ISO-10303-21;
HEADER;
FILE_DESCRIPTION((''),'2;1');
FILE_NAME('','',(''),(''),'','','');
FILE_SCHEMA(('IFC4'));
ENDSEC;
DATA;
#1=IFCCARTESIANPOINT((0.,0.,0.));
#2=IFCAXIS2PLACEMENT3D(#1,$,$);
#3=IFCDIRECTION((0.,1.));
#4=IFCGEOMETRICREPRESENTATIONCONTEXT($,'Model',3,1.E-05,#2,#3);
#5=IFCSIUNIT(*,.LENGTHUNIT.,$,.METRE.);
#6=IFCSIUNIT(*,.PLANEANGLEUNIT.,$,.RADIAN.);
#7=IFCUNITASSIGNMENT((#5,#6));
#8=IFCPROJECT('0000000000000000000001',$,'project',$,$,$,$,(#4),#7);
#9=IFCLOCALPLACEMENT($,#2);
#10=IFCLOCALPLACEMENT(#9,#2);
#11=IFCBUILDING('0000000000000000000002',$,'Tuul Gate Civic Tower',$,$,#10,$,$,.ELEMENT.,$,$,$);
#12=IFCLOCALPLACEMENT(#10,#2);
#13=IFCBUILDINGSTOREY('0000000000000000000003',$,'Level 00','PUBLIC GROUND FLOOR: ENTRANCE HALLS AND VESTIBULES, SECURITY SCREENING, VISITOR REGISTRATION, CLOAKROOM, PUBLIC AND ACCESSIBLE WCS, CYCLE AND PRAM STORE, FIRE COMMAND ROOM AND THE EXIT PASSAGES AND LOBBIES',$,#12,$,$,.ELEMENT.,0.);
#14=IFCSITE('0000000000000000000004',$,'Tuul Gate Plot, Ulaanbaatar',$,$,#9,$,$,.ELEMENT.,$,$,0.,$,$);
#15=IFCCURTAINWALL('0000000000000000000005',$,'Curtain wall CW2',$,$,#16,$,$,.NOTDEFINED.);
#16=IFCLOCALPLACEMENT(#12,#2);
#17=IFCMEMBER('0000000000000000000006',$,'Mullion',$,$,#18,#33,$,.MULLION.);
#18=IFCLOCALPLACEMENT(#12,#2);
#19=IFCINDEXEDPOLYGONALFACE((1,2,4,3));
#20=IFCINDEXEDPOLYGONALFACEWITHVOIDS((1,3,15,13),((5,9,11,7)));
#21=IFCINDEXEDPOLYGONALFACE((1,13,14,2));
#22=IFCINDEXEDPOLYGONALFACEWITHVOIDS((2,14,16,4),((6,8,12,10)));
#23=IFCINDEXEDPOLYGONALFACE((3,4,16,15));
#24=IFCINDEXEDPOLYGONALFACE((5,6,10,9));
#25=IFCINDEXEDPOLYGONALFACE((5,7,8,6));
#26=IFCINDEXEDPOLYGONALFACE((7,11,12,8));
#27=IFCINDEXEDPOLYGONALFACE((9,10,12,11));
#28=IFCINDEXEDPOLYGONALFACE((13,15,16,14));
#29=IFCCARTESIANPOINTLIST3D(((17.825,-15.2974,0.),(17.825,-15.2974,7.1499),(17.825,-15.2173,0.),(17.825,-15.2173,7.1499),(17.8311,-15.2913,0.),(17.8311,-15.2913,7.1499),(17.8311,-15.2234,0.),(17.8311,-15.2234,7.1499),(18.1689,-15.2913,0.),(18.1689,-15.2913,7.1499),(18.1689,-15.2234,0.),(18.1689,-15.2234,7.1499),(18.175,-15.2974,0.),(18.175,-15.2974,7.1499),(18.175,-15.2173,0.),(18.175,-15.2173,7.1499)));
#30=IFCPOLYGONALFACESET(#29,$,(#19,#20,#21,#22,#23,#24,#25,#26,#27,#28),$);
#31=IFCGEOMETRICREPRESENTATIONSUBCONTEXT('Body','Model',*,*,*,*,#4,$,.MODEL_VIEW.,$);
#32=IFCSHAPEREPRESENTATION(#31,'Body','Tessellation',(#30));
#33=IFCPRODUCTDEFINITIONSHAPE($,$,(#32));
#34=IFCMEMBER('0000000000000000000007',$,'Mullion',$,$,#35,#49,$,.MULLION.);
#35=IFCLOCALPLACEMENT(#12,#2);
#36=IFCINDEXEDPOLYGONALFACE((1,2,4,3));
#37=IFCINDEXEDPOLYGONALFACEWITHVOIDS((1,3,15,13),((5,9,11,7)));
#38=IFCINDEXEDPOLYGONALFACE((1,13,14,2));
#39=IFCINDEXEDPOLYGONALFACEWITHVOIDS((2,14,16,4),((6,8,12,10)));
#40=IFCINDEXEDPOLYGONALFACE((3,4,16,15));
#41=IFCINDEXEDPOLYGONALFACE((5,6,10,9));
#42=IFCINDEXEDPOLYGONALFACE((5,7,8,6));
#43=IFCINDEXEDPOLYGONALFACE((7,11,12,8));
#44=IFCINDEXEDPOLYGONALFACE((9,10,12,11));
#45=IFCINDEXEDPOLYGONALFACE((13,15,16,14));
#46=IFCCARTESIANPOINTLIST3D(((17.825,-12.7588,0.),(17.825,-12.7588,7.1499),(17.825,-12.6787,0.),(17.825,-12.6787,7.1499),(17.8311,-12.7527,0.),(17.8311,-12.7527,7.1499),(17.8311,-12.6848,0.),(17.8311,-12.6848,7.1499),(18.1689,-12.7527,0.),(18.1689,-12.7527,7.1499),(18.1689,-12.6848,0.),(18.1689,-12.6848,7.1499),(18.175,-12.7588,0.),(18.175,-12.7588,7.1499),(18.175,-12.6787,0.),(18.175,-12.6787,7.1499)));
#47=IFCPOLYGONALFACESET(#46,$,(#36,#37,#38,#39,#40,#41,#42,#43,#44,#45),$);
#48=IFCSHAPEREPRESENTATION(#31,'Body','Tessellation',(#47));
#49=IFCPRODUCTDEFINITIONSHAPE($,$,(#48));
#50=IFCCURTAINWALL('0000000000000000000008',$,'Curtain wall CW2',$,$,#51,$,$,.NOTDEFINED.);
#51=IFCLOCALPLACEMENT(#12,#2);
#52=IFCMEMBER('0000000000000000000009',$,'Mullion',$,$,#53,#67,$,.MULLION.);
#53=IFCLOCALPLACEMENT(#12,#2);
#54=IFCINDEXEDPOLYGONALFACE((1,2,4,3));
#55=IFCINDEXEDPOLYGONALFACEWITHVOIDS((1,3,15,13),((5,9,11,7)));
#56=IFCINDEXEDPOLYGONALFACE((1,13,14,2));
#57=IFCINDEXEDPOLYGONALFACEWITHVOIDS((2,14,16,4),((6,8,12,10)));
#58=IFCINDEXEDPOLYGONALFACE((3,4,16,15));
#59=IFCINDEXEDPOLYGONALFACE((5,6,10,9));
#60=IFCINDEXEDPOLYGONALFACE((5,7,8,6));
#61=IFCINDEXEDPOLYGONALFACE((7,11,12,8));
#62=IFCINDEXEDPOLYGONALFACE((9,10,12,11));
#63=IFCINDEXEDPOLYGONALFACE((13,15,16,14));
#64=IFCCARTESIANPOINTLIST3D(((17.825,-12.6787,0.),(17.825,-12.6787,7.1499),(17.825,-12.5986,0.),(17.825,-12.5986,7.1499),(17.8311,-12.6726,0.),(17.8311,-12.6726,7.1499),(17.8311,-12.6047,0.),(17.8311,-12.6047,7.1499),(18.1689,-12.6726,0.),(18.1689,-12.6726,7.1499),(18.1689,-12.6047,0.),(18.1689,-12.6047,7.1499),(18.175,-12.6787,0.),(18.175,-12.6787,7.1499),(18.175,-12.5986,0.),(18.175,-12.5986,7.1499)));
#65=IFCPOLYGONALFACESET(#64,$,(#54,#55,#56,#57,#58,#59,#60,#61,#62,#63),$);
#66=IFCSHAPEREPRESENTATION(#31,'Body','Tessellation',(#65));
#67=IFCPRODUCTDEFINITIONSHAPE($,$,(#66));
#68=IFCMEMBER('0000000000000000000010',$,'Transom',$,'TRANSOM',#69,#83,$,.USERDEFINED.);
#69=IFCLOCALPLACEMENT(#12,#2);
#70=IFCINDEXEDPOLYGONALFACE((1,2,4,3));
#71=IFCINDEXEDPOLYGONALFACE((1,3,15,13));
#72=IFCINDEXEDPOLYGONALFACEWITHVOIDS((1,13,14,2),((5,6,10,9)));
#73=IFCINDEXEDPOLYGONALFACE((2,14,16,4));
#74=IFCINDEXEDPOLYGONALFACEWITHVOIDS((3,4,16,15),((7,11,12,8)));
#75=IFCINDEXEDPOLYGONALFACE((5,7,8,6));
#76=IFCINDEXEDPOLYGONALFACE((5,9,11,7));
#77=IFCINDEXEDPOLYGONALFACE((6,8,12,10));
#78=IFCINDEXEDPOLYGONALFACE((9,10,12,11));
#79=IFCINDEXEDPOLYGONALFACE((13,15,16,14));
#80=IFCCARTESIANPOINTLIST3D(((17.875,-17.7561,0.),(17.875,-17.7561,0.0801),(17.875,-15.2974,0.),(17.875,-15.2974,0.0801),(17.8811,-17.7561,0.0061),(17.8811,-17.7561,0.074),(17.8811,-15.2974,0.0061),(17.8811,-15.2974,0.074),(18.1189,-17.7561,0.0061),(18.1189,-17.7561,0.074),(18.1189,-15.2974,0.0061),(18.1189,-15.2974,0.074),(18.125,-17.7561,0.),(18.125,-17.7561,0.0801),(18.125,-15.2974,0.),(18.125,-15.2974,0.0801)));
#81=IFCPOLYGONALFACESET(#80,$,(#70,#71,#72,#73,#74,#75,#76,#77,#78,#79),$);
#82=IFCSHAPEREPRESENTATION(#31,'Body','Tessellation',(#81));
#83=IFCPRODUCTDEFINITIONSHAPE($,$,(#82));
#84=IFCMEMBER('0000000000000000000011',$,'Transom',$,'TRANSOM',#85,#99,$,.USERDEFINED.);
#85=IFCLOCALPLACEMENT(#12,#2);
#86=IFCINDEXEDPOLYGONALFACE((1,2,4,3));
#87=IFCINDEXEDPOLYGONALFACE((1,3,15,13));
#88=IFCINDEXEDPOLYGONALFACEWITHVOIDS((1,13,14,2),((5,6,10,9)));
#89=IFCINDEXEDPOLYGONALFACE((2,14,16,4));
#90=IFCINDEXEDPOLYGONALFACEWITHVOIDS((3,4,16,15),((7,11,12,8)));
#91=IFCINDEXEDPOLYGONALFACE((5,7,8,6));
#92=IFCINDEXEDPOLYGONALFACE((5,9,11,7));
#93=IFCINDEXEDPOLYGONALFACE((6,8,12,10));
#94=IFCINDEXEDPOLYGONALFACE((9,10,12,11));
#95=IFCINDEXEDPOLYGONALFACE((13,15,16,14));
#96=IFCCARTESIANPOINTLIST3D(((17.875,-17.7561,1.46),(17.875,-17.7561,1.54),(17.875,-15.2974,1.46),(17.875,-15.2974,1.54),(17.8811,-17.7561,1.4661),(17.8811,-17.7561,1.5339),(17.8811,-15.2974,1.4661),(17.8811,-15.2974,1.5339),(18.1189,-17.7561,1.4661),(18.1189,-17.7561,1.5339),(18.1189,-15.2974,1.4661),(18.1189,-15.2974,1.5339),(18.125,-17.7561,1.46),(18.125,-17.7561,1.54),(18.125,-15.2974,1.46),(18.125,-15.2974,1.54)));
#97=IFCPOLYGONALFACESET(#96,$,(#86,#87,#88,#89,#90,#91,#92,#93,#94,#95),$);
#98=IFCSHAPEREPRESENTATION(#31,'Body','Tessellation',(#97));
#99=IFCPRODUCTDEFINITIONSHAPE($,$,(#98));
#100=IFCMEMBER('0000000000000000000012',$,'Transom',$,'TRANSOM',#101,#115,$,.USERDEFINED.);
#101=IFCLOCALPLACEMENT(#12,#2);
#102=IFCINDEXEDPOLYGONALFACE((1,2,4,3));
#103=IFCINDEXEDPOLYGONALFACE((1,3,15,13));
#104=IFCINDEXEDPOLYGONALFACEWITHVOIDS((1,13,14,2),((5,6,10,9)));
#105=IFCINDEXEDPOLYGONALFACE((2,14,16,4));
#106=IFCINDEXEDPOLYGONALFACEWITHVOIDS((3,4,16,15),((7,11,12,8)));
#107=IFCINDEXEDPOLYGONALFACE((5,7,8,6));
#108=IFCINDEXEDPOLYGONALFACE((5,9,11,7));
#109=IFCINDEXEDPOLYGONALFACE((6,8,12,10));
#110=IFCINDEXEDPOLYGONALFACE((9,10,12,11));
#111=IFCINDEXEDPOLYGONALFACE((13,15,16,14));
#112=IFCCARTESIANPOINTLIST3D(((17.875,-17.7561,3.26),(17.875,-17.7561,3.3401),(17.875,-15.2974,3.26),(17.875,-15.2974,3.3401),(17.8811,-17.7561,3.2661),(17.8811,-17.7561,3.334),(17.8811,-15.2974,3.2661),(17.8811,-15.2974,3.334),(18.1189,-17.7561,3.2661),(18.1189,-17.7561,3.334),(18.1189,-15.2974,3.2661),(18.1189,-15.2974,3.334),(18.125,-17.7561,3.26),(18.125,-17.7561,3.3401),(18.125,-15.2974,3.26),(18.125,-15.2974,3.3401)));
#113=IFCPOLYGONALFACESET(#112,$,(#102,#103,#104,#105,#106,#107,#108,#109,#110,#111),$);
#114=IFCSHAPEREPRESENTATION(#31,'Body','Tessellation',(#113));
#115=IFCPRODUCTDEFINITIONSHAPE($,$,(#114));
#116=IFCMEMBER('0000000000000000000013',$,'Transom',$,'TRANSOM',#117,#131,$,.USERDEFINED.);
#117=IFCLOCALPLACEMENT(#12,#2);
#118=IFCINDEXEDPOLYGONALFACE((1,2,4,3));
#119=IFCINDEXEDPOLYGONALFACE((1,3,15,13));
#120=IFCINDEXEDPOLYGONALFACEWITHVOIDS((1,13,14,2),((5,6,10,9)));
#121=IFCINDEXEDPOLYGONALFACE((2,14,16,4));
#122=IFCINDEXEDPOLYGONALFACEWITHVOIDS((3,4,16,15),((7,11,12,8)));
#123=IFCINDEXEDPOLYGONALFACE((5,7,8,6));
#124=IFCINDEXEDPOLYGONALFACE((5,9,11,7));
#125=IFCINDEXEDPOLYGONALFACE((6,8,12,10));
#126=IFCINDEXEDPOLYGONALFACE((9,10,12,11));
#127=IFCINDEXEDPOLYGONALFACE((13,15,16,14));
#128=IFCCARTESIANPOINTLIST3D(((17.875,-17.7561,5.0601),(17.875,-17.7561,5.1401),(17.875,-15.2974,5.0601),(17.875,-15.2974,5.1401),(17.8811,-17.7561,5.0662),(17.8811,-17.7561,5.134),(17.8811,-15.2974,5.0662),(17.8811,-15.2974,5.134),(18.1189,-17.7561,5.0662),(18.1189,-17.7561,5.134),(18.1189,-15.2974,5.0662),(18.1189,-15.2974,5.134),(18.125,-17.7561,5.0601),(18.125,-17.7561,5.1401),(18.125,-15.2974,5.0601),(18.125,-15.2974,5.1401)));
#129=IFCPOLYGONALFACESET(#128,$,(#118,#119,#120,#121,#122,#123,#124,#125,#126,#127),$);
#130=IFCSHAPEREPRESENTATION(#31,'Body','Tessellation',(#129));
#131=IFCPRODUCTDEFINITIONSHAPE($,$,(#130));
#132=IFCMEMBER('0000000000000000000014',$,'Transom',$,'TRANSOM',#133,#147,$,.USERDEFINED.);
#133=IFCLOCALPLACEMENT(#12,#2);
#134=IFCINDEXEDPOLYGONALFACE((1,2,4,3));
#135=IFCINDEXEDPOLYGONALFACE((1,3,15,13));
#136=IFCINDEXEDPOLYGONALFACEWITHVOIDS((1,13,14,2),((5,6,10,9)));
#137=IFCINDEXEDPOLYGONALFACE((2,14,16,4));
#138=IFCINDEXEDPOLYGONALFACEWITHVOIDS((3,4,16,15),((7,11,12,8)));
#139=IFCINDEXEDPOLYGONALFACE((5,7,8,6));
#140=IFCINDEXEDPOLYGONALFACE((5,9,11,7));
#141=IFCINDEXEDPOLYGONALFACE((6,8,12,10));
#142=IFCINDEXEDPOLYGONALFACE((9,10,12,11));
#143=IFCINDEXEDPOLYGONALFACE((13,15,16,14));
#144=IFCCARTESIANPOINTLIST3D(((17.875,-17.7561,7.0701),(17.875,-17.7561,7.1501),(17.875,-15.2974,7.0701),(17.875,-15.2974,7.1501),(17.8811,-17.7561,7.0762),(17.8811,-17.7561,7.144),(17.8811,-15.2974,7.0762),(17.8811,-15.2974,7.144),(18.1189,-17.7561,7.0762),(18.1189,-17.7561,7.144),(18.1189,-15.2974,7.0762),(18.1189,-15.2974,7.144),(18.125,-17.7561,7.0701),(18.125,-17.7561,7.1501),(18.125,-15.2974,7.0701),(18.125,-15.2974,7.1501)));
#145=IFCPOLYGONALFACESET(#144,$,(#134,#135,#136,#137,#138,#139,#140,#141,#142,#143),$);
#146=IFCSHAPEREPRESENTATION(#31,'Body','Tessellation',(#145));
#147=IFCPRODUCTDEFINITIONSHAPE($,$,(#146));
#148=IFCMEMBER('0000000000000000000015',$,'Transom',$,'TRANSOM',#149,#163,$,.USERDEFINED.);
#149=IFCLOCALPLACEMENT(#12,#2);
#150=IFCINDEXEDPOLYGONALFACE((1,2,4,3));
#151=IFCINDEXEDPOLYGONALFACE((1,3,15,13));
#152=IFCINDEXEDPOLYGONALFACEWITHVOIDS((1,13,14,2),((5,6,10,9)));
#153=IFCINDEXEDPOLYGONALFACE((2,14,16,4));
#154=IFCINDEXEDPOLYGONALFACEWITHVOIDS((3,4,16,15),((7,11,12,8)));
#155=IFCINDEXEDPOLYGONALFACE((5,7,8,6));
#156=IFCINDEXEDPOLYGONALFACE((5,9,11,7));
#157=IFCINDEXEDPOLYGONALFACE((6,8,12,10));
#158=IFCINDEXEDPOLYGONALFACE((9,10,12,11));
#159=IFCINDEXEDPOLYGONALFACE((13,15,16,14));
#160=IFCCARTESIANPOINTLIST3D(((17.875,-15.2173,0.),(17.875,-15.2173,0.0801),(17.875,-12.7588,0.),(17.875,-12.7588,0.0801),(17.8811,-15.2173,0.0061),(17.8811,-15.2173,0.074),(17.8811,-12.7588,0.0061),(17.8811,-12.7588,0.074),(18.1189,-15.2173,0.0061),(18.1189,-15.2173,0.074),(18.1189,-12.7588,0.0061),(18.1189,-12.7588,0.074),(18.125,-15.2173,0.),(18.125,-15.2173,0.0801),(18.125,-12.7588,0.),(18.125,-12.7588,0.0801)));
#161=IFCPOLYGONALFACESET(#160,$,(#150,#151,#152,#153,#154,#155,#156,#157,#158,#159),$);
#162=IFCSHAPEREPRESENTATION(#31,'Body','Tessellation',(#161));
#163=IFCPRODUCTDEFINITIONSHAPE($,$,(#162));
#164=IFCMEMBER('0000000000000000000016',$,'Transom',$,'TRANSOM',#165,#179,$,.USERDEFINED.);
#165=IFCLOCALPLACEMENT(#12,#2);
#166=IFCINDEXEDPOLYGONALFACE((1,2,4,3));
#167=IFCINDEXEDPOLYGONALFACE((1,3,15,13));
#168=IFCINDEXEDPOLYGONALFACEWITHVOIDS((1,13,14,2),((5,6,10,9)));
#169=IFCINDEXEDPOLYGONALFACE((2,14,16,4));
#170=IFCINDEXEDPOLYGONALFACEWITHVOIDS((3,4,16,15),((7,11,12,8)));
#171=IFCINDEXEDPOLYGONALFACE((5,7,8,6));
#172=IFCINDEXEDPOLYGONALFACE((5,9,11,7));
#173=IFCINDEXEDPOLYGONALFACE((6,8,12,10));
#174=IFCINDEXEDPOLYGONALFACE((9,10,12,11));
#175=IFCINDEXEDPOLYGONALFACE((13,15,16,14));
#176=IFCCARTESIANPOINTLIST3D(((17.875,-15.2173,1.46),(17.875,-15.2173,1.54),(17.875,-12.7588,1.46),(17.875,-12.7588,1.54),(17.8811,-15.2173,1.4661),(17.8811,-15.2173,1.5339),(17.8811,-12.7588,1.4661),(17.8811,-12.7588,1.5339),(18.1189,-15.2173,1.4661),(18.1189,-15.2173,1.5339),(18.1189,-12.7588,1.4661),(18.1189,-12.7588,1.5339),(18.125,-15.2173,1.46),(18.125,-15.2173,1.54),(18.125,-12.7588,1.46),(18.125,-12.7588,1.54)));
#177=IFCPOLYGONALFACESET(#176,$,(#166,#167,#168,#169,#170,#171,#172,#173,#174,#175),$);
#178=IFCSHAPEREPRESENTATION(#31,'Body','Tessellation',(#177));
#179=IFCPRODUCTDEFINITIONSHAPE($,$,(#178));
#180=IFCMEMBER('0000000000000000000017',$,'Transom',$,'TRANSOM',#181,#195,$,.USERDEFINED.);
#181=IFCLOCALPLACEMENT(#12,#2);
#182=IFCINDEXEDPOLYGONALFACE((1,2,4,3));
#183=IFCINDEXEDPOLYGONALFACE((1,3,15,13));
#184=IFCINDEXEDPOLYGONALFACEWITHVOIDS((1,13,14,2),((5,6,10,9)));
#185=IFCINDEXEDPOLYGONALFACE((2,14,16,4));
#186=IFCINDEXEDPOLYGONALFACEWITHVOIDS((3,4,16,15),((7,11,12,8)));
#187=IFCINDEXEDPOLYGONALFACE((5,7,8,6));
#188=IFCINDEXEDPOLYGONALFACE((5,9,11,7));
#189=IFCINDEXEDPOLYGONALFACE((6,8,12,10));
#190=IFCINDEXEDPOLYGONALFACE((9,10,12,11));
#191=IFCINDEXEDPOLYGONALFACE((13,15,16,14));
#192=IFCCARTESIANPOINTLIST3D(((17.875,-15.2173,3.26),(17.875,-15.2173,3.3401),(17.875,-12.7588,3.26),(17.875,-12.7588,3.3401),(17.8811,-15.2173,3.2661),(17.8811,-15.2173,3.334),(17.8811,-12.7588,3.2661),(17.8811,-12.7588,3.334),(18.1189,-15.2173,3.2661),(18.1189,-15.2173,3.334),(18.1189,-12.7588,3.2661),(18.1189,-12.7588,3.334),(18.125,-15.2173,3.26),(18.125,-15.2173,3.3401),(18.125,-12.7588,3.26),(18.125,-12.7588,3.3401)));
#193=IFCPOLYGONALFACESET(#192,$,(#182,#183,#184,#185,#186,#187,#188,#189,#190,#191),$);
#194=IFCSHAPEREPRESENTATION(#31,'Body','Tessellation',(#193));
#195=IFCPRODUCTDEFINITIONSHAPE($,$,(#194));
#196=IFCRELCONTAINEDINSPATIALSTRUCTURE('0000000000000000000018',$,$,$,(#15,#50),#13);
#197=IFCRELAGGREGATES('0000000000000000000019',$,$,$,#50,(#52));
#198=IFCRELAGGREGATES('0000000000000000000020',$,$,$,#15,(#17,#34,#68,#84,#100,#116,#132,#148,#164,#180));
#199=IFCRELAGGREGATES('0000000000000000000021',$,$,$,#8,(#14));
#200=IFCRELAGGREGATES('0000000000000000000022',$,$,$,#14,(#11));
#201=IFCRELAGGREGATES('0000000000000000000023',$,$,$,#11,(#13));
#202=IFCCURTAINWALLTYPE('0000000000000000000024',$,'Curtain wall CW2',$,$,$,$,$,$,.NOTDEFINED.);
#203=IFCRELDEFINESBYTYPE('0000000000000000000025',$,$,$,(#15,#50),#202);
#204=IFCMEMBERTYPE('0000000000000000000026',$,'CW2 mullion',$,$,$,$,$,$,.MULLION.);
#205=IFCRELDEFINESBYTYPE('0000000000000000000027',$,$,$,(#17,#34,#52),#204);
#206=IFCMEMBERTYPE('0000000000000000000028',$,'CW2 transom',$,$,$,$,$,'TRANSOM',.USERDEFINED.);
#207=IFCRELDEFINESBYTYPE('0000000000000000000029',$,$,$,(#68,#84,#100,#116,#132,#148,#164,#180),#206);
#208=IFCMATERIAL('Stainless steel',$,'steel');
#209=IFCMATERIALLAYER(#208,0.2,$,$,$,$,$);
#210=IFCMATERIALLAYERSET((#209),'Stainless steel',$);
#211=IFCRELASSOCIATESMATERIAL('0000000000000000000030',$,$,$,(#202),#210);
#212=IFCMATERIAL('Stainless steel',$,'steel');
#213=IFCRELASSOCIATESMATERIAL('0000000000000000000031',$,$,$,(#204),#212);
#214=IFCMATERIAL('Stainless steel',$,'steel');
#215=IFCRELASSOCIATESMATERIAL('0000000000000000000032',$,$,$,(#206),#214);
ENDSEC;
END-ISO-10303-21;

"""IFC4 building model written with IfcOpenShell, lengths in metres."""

from ifc_helpers import new_model, si_unit, direction, frame, origin, origin_2d, place, context, subcontext, project, spatial, hollow_rectangle, extrude, material, layer, layer_set, material_profile, profile_set, type_object, element, aggregate, save


model = new_model("IFC4")

# Units and contexts
model_context = context("Model", 3, precision=1e-05, world=origin(), true_north=direction((0.0, 1.0)))
body_context = subcontext(model_context, "Body", "Model", "MODEL_VIEW")
ifc_project = project(units=[si_unit("LENGTHUNIT", "METRE"), si_unit("PLANEANGLEUNIT", "RADIAN")], contexts=[model_context])

# Site, building, storey
site_placement = place(None, origin())
site = spatial("IfcSite", under=ifc_project, at=site_placement, Name="Tuul Gate Plot, Ulaanbaatar", CompositionType="ELEMENT", RefElevation=0.0)
building_placement = place(site_placement, origin())
building = spatial("IfcBuilding", under=site, at=building_placement, Name="Tuul Gate Civic Tower", CompositionType="ELEMENT")
storey_placement = place(building_placement, origin())
storey = spatial("IfcBuildingStorey", under=building, at=storey_placement, Name="Level 00", Description="PUBLIC GROUND FLOOR: ENTRANCE HALLS AND VESTIBULES, SECURITY SCREENING, VISITOR REGISTRATION, CLOAKROOM, PUBLIC AND ACCESSIBLE WCS, CYCLE AND PRAM STORE, FIRE COMMAND ROOM AND THE EXIT PASSAGES AND LOBBIES", CompositionType="ELEMENT", Elevation=0.0)

# Curtain wall, members
ifc_material_1 = material(Name="Stainless steel", Category="steel")
ifc_layer_1 = layer(ifc_material_1, 0.2)
ifc_layer_set_1 = layer_set([ifc_layer_1], Name="Stainless steel")
curtain_wall_type = type_object("IfcCurtainWallType", Name="Curtain wall CW2", PredefinedType="NOTDEFINED", material=ifc_layer_set_1)
curtain_wall_1_placement = place(storey_placement, origin())
curtain_wall_1 = element("IfcCurtainWall", 1, at=curtain_wall_1_placement, inside=storey, type_object=curtain_wall_type, Name="Curtain wall CW2", PredefinedType="NOTDEFINED")
ifc_material_2 = material(Name="Stainless steel", Category="steel")
ifc_material_profile_1 = material_profile(ifc_material_2, hollow_rectangle(XDim=0.3501, YDim=0.0801, WallThickness=0.0061, at=origin_2d()), Name="CW2 mullion")
ifc_profile_set_1 = profile_set([ifc_material_profile_1], Name="Stainless steel")
member_type_1 = type_object("IfcMemberType", Name="CW2 mullion", PredefinedType="MULLION", material=ifc_profile_set_1)
member_1_placement = place(storey_placement, frame((18.0, -15.2573, 0.0), z_axis=(0.0, 0.0, 1.0), x_axis=(-1.0, 0.0, 0.0)))
member_1 = element("IfcMember", 2, at=member_1_placement, type_object=member_type_1, Name="Mullion", PredefinedType="MULLION", context=body_context, shape_type="SweptSolid", body=[
    extrude(hollow_rectangle(XDim=0.3501, YDim=0.0801, WallThickness=0.0061, at=origin_2d()), origin(), (0.0, 0.0, 1.0), 7.1499),
])
member_2_placement = place(storey_placement, frame((18.0, -12.7188, 0.0), z_axis=(0.0, 0.0, 1.0), x_axis=(-1.0, 0.0, 0.0)))
member_2 = element("IfcMember", 3, at=member_2_placement, type_object=member_type_1, Name="Mullion", PredefinedType="MULLION", context=body_context, shape_type="SweptSolid", body=[
    extrude(hollow_rectangle(XDim=0.3501, YDim=0.0801, WallThickness=0.0061, at=origin_2d()), origin(), (0.0, 0.0, 1.0), 7.1499),
])

# Curtain wall, member
curtain_wall_2_placement = place(storey_placement, origin())
curtain_wall_2 = element("IfcCurtainWall", 4, at=curtain_wall_2_placement, inside=storey, type_object=curtain_wall_type, Name="Curtain wall CW2", PredefinedType="NOTDEFINED")
member_3_placement = place(storey_placement, frame((18.0, -12.6387, 0.0), z_axis=(0.0, 0.0, 1.0), x_axis=(-1.0, 0.0, 0.0)))
member_3 = element("IfcMember", 5, at=member_3_placement, type_object=member_type_1, Name="Mullion", PredefinedType="MULLION", context=body_context, shape_type="SweptSolid", body=[
    extrude(hollow_rectangle(XDim=0.3501, YDim=0.0801, WallThickness=0.0061, at=origin_2d()), origin(), (0.0, 0.0, 1.0), 7.1499),
])

# Members
ifc_material_3 = material(Name="Stainless steel", Category="steel")
ifc_material_profile_2 = material_profile(ifc_material_3, hollow_rectangle(XDim=0.25, YDim=0.0801, WallThickness=0.0061, at=origin_2d()), Name="CW2 transom")
ifc_profile_set_2 = profile_set([ifc_material_profile_2], Name="Stainless steel")
member_type_2 = type_object("IfcMemberType", Name="CW2 transom", ElementType="TRANSOM", PredefinedType="USERDEFINED", material=ifc_profile_set_2)
member_4_placement = place(storey_placement, frame((18.0, -17.7561, 0.04), z_axis=(0.0, 1.0, 0.0), x_axis=(-1.0, 0.0, 0.0)))
member_4 = element("IfcMember", 6, at=member_4_placement, type_object=member_type_2, Name="Transom", ObjectType="TRANSOM", PredefinedType="USERDEFINED", context=body_context, shape_type="SweptSolid", body=[
    extrude(hollow_rectangle(XDim=0.25, YDim=0.0801, WallThickness=0.0061, at=origin_2d()), origin(), (0.0, 0.0, 1.0), 2.4587),
])
member_5_placement = place(storey_placement, frame((18.0, -17.7561, 1.5), z_axis=(0.0, 1.0, 0.0), x_axis=(-1.0, 0.0, 0.0)))
member_5 = element("IfcMember", 7, at=member_5_placement, type_object=member_type_2, Name="Transom", ObjectType="TRANSOM", PredefinedType="USERDEFINED", context=body_context, shape_type="SweptSolid", body=[
    extrude(hollow_rectangle(XDim=0.25, YDim=0.0801, WallThickness=0.0061, at=origin_2d()), origin(), (0.0, 0.0, 1.0), 2.4587),
])
member_6_placement = place(storey_placement, frame((18.0, -17.7561, 3.3), z_axis=(0.0, 1.0, 0.0), x_axis=(-1.0, 0.0, 0.0)))
member_6 = element("IfcMember", 8, at=member_6_placement, type_object=member_type_2, Name="Transom", ObjectType="TRANSOM", PredefinedType="USERDEFINED", context=body_context, shape_type="SweptSolid", body=[
    extrude(hollow_rectangle(XDim=0.25, YDim=0.0801, WallThickness=0.0061, at=origin_2d()), origin(), (0.0, 0.0, 1.0), 2.4587),
])
member_7_placement = place(storey_placement, frame((18.0, -17.7561, 5.1001), z_axis=(0.0, 1.0, 0.0), x_axis=(-1.0, 0.0, 0.0)))
member_7 = element("IfcMember", 9, at=member_7_placement, type_object=member_type_2, Name="Transom", ObjectType="TRANSOM", PredefinedType="USERDEFINED", context=body_context, shape_type="SweptSolid", body=[
    extrude(hollow_rectangle(XDim=0.25, YDim=0.0801, WallThickness=0.0061, at=origin_2d()), origin(), (0.0, 0.0, 1.0), 2.4587),
])
member_8_placement = place(storey_placement, frame((18.0, -17.7561, 7.1101), z_axis=(0.0, 1.0, 0.0), x_axis=(-1.0, 0.0, 0.0)))
member_8 = element("IfcMember", 10, at=member_8_placement, type_object=member_type_2, Name="Transom", ObjectType="TRANSOM", PredefinedType="USERDEFINED", context=body_context, shape_type="SweptSolid", body=[
    extrude(hollow_rectangle(XDim=0.25, YDim=0.0801, WallThickness=0.0061, at=origin_2d()), origin(), (0.0, 0.0, 1.0), 2.4587),
])
member_9_placement = place(storey_placement, frame((18.0, -15.2173, 0.04), z_axis=(0.0, 1.0, 0.0), x_axis=(-1.0, 0.0, 0.0)))
member_9 = element("IfcMember", 11, at=member_9_placement, type_object=member_type_2, Name="Transom", ObjectType="TRANSOM", PredefinedType="USERDEFINED", context=body_context, shape_type="SweptSolid", body=[
    extrude(hollow_rectangle(XDim=0.25, YDim=0.0801, WallThickness=0.0061, at=origin_2d()), origin(), (0.0, 0.0, 1.0), 2.4585),
])
member_10_placement = place(storey_placement, frame((18.0, -15.2173, 1.5), z_axis=(0.0, 1.0, 0.0), x_axis=(-1.0, 0.0, 0.0)))
member_10 = element("IfcMember", 12, at=member_10_placement, type_object=member_type_2, Name="Transom", ObjectType="TRANSOM", PredefinedType="USERDEFINED", context=body_context, shape_type="SweptSolid", body=[
    extrude(hollow_rectangle(XDim=0.25, YDim=0.0801, WallThickness=0.0061, at=origin_2d()), origin(), (0.0, 0.0, 1.0), 2.4585),
])
member_11_placement = place(storey_placement, frame((18.0, -15.2173, 3.3), z_axis=(0.0, 1.0, 0.0), x_axis=(-1.0, 0.0, 0.0)))
member_11 = element("IfcMember", 13, at=member_11_placement, type_object=member_type_2, Name="Transom", ObjectType="TRANSOM", PredefinedType="USERDEFINED", context=body_context, shape_type="SweptSolid", body=[
    extrude(hollow_rectangle(XDim=0.25, YDim=0.0801, WallThickness=0.0061, at=origin_2d()), origin(), (0.0, 0.0, 1.0), 2.4585),
])
aggregate(curtain_wall_2, [member_3])

aggregate(curtain_wall_1, [member_1, member_2, member_4, member_5, member_6, member_7, member_8, member_9, member_10, member_11])

save(model, "model.ifc")
